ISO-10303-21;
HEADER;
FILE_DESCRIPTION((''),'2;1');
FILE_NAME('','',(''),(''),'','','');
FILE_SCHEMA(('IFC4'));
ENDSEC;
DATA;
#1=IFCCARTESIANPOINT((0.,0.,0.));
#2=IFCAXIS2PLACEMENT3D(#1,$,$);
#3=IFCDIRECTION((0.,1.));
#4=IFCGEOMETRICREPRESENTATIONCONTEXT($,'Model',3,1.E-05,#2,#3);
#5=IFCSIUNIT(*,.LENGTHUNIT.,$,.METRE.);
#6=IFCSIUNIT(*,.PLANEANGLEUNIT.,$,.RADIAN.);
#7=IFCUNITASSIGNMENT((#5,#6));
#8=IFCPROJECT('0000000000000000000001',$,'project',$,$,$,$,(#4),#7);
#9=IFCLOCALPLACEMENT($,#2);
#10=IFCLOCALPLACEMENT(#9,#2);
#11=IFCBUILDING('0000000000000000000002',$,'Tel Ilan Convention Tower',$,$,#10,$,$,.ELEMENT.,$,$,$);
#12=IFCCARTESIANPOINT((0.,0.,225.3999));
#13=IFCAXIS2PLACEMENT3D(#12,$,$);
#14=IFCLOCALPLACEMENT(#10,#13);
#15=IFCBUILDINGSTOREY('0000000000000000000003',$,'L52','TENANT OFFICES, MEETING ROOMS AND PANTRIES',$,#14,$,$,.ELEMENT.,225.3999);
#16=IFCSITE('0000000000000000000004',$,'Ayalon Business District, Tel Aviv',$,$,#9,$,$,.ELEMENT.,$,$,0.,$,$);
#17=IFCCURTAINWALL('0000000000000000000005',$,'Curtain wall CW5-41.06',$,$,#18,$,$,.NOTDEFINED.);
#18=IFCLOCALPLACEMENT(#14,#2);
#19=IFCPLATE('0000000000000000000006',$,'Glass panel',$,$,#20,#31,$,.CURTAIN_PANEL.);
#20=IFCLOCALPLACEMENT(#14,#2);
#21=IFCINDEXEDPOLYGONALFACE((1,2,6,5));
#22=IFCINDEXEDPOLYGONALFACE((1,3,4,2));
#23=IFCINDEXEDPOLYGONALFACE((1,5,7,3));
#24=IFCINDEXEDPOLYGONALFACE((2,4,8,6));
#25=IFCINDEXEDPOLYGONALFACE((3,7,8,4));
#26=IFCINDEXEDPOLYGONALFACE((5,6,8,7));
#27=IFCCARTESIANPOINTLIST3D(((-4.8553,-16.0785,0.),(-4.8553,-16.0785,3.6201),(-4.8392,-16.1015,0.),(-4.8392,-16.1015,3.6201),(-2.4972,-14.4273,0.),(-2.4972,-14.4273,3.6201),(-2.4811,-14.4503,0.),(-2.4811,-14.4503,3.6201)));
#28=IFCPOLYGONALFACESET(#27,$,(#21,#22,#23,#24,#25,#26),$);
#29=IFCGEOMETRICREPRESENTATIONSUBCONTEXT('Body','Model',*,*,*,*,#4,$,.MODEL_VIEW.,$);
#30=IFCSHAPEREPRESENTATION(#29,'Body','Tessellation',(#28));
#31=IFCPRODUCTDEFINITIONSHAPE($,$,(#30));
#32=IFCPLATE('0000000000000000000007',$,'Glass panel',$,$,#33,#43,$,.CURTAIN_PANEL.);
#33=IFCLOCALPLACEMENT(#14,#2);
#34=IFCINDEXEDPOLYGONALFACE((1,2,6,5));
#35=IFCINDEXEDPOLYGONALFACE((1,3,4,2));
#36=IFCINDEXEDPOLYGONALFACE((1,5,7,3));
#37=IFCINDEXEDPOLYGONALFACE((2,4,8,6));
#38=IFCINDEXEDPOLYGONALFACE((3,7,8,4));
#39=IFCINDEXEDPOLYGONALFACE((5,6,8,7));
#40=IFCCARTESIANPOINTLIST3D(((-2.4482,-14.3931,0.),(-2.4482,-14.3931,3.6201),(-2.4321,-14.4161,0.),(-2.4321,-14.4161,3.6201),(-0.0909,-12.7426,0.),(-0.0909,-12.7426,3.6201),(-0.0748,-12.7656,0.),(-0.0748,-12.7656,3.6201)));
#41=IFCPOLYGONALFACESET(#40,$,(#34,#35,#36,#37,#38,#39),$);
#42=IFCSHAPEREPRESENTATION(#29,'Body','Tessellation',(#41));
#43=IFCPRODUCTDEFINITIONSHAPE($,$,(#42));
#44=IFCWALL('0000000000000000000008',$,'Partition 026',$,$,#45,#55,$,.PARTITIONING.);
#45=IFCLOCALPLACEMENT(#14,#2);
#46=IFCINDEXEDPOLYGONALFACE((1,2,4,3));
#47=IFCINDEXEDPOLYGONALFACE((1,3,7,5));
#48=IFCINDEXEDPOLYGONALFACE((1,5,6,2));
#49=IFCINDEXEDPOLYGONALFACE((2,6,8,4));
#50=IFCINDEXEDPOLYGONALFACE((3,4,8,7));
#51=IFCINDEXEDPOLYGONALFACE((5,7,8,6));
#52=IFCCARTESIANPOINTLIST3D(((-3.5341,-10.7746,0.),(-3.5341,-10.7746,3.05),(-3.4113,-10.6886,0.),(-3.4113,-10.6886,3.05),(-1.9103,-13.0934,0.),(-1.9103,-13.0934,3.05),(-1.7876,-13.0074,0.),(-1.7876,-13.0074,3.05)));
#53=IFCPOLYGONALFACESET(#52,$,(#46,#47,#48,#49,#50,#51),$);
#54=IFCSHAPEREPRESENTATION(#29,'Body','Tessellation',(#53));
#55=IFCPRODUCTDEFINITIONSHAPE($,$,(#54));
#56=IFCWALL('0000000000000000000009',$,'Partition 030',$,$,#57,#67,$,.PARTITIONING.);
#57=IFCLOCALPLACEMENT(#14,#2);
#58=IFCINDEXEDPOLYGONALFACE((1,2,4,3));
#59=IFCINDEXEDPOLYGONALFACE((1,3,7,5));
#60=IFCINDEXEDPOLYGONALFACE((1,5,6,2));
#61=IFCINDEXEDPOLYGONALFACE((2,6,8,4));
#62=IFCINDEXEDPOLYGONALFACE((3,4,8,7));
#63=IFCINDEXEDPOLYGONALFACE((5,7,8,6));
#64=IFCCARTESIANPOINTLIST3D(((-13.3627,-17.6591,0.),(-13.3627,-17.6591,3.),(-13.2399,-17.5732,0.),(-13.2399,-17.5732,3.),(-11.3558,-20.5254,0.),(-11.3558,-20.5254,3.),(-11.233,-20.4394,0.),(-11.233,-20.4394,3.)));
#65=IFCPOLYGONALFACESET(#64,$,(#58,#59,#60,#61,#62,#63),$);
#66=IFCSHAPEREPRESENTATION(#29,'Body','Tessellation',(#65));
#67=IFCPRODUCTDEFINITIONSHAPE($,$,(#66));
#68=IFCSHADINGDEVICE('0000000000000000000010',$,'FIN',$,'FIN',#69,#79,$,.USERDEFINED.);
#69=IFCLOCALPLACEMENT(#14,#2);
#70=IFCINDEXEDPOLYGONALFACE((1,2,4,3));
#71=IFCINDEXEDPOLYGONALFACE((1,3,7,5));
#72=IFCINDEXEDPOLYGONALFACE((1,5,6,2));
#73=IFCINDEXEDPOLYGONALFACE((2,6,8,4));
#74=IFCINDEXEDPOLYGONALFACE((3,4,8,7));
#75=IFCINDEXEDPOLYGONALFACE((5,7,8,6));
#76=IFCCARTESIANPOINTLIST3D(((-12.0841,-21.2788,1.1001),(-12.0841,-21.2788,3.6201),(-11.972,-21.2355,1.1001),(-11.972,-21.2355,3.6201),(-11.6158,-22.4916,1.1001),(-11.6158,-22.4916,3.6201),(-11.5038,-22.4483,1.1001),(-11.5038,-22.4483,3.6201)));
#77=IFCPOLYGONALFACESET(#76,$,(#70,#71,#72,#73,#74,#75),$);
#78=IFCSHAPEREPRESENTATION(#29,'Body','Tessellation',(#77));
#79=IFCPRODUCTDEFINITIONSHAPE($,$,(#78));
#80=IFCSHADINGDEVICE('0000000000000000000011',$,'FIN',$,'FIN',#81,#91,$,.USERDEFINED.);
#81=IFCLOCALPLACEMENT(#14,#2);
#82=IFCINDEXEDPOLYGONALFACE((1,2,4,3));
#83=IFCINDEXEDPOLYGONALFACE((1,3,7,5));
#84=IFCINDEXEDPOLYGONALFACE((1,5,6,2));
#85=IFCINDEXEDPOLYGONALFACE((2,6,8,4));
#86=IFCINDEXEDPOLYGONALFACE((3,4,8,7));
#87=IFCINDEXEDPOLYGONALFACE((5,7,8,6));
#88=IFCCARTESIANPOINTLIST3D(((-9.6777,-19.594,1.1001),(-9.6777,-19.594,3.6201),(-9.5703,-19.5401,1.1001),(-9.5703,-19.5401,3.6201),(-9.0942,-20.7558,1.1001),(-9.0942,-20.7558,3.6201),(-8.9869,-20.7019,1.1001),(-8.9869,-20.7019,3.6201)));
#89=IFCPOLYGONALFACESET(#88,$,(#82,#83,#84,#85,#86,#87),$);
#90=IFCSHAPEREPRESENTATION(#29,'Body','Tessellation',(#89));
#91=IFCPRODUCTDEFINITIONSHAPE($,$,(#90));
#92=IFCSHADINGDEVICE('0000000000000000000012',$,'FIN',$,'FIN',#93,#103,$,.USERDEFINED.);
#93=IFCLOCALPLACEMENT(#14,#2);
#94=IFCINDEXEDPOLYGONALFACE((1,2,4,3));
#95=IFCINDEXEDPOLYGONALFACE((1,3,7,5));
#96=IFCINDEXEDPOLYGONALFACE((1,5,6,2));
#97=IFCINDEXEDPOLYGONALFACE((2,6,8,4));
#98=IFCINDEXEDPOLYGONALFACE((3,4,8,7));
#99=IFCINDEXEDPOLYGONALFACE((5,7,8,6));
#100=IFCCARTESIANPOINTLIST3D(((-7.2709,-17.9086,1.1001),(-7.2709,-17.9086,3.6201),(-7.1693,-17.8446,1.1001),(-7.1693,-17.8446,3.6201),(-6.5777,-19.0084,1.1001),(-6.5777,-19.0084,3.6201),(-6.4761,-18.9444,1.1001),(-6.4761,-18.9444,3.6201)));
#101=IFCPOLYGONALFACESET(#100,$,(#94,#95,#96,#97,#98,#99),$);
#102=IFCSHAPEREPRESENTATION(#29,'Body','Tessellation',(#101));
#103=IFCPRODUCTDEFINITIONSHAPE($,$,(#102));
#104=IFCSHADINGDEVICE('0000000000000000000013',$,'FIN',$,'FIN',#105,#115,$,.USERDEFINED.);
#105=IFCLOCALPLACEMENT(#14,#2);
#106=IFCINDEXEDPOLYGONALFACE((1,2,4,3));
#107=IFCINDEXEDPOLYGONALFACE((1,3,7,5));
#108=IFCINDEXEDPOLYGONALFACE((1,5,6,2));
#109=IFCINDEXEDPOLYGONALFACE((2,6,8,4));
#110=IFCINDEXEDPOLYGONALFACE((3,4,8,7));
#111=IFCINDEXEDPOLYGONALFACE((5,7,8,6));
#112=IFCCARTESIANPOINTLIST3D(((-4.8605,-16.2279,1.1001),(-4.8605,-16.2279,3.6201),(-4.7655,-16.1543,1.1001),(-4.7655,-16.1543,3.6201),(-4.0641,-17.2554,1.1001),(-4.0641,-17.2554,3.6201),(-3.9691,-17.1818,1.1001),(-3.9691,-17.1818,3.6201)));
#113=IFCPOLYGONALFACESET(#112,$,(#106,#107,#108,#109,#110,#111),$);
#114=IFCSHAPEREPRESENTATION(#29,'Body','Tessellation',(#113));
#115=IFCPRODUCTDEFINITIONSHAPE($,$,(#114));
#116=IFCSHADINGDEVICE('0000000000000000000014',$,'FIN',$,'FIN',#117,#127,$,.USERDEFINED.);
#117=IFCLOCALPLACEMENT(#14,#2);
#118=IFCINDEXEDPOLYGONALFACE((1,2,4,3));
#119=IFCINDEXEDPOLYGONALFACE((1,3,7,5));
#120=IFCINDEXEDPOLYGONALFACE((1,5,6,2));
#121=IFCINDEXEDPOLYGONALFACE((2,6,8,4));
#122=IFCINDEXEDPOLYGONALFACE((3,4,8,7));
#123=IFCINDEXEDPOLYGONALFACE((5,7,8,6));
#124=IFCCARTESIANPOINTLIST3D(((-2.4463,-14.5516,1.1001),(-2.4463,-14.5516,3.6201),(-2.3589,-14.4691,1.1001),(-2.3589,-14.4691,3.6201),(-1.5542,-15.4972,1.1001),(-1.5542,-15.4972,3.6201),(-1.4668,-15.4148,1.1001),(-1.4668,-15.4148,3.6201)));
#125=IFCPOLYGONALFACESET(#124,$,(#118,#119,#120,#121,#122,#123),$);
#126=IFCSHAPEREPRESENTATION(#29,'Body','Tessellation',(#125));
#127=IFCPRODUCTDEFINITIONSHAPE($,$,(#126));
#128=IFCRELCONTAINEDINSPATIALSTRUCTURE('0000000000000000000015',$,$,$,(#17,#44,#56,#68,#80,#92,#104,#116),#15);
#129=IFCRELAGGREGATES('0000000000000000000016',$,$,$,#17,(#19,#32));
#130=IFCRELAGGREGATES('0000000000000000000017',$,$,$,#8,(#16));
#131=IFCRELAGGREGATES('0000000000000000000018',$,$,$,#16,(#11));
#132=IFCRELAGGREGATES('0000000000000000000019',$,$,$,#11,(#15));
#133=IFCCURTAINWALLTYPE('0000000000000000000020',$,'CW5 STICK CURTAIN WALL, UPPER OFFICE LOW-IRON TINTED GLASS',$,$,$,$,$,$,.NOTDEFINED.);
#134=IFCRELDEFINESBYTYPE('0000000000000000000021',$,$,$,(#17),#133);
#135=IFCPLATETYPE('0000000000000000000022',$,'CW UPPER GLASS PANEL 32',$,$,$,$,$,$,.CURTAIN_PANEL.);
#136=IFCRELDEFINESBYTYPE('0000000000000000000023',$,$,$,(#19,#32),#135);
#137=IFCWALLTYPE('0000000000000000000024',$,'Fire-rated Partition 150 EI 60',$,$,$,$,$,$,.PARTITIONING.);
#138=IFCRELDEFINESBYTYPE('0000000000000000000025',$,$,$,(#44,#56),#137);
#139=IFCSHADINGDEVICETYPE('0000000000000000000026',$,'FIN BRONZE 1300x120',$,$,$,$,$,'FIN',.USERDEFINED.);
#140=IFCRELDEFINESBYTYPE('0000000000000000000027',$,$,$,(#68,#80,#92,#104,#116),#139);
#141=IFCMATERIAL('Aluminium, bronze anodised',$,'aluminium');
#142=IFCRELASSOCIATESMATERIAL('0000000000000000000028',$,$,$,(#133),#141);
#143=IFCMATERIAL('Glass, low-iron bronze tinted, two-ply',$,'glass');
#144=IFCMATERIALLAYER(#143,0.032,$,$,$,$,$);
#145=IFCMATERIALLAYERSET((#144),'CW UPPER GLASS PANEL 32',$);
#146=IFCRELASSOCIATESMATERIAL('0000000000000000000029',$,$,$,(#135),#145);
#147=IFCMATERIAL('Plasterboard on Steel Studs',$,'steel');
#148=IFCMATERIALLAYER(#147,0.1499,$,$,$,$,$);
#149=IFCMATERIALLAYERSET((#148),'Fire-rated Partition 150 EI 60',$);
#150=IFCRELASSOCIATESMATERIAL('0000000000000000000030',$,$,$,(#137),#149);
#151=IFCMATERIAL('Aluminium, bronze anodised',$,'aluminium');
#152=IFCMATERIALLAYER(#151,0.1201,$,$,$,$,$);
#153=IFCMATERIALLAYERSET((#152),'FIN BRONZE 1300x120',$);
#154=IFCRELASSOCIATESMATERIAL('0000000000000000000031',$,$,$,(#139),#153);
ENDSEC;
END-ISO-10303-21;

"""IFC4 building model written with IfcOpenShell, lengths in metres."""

from ifc_helpers import new_model, si_unit, direction, frame, frame_2d, origin, origin_2d, place, context, subcontext, project, spatial, rectangle, extrude, material, layer, layer_set, type_object, element, aggregate, save


model = new_model("IFC4")

# Units and contexts
model_context = context("Model", 3, precision=1e-05, world=origin(), true_north=direction((0.0, 1.0)))
body_context = subcontext(model_context, "Body", "Model", "MODEL_VIEW")
ifc_project = project(units=[si_unit("LENGTHUNIT", "METRE"), si_unit("PLANEANGLEUNIT", "RADIAN")], contexts=[model_context])

# Site, building, storey
site_placement = place(None, origin())
site = spatial("IfcSite", under=ifc_project, at=site_placement, Name="Ayalon Business District, Tel Aviv", CompositionType="ELEMENT", RefElevation=0.0)
building_placement = place(site_placement, origin())
building = spatial("IfcBuilding", under=site, at=building_placement, Name="Tel Ilan Convention Tower", CompositionType="ELEMENT")
storey_placement = place(building_placement, frame((0.0, 0.0, 225.3999)))
storey = spatial("IfcBuildingStorey", under=building, at=storey_placement, Name="L52", Description="TENANT OFFICES, MEETING ROOMS AND PANTRIES", CompositionType="ELEMENT", Elevation=225.3999)

# Curtain wall, plates
ifc_material_1 = material(Name="Aluminium, bronze anodised", Category="aluminium")
curtain_wall_type = type_object("IfcCurtainWallType", Name="CW5 STICK CURTAIN WALL, UPPER OFFICE LOW-IRON TINTED GLASS", PredefinedType="NOTDEFINED", material=ifc_material_1)
curtain_wall_placement = place(storey_placement, origin())
curtain_wall = element("IfcCurtainWall", 1, at=curtain_wall_placement, inside=storey, type_object=curtain_wall_type, Name="Curtain wall CW5-41.06", PredefinedType="NOTDEFINED")
ifc_material_2 = material(Name="Glass, low-iron bronze tinted, two-ply", Category="glass")
ifc_layer_1 = layer(ifc_material_2, 0.032)
ifc_layer_set_1 = layer_set([ifc_layer_1], Name="CW UPPER GLASS PANEL 32")
plate_type = type_object("IfcPlateType", Name="CW UPPER GLASS PANEL 32", PredefinedType="CURTAIN_PANEL", material=ifc_layer_set_1)
plate_1_placement = place(storey_placement, frame((-3.6682, -15.2644, 0.0), z_axis=(0.0, 0.0, 1.0), x_axis=(0.819152, 0.573576, 0.0)))
plate_1 = element("IfcPlate", 2, at=plate_1_placement, type_object=plate_type, Name="Glass panel", PredefinedType="CURTAIN_PANEL", context=body_context, shape_type="SweptSolid", body=[
    extrude(rectangle(XDim=2.8787, YDim=0.0281, at=origin_2d()), origin(), (0.0, 0.0, 1.0), 3.6201),
])
plate_2_placement = place(storey_placement, frame((-1.2615, -13.5793, 0.0), z_axis=(0.0, 0.0, 1.0), x_axis=(0.819152, 0.573576, 0.0)))
plate_2 = element("IfcPlate", 3, at=plate_2_placement, type_object=plate_type, Name="Glass panel", PredefinedType="CURTAIN_PANEL", context=body_context, shape_type="SweptSolid", body=[
    extrude(rectangle(XDim=2.8777, YDim=0.0281, at=origin_2d()), origin(), (0.0, 0.0, 1.0), 3.6201),
])
aggregate(curtain_wall, [plate_1, plate_2])

# Walls
ifc_material_3 = material(Name="Plasterboard on Steel Studs", Category="steel")
ifc_layer_2 = layer(ifc_material_3, 0.1499)
ifc_layer_set_2 = layer_set([ifc_layer_2], Name="Fire-rated Partition 150 EI 60")
wall_type = type_object("IfcWallType", Name="Fire-rated Partition 150 EI 60", PredefinedType="PARTITIONING", material=ifc_layer_set_2)
wall_1_placement = place(storey_placement, frame((-1.8489, -13.0505, 0.0), z_axis=(0.0, 0.0, 1.0), x_axis=(-0.573601, 0.819135, 0.0)))
element("IfcWall", 4, at=wall_1_placement, inside=storey, type_object=wall_type, Name="Partition 026", PredefinedType="PARTITIONING", context=body_context, shape_type="SweptSolid", body=[
    extrude(rectangle(XDim=2.8308, YDim=0.1499, at=frame_2d((1.4155, 0.0))), origin(), (0.0, 0.0, 1.0), 3.05),
])
wall_2_placement = place(storey_placement, frame((-11.2944, -20.4824, 0.0), z_axis=(0.0, 0.0, 1.0), x_axis=(-0.573556, 0.819166, 0.0)))
element("IfcWall", 5, at=wall_2_placement, inside=storey, type_object=wall_type, Name="Partition 030", PredefinedType="PARTITIONING", context=body_context, shape_type="SweptSolid", body=[
    extrude(rectangle(XDim=3.499, YDim=0.1499, at=frame_2d((1.7495, 0.0))), origin(), (0.0, 0.0, 1.0), 3.0),
])

# Shading devices
ifc_material_4 = material(Name="Aluminium, bronze anodised", Category="aluminium")
ifc_layer_3 = layer(ifc_material_4, 0.1201)
ifc_layer_set_3 = layer_set([ifc_layer_3], Name="FIN BRONZE 1300x120")
shading_device_type = type_object("IfcShadingDeviceType", Name="FIN BRONZE 1300x120", ElementType="FIN", PredefinedType="USERDEFINED", material=ifc_layer_set_3)
for number, where, z_axis, x_axis, name in (
    (6, (-11.7939, -21.8635, 1.1001), (0.0, 0.0, 1.0), (0.360178, -0.932884, 0.0), "FIN"),
    (7, (-9.3323, -20.1479, 1.1001), (0.0, 0.0, 1.0), (0.448799, -0.893633, 0.0), "FIN"),
    (8, (-6.8735, -18.4265, 1.1001), (0.0, 0.0, 1.0), (0.533204, -0.845986, 0.0), "FIN"),
    (9, (-4.4148, -16.7048, 1.1001), (0.0, 0.0, 1.0), (0.612601, -0.790393, 0.0), "FIN"),
    (10, (-1.9565, -14.9832, 1.1001), (0.0, 0.0, 1.0), (0.686242, -0.727374, 0.0), "FIN"),
):
    element("IfcShadingDevice", number, at=place(storey_placement, frame(where, z_axis=z_axis, x_axis=x_axis)), inside=storey, type_object=shading_device_type, Name=name, ObjectType="FIN", PredefinedType="USERDEFINED", context=body_context, shape_type="SweptSolid", body=[
        extrude(rectangle(XDim=1.3, YDim=0.1201, at=origin_2d()), origin(), (0.0, 0.0, 1.0), 2.52),
    ])

save(model, "model.ifc")
